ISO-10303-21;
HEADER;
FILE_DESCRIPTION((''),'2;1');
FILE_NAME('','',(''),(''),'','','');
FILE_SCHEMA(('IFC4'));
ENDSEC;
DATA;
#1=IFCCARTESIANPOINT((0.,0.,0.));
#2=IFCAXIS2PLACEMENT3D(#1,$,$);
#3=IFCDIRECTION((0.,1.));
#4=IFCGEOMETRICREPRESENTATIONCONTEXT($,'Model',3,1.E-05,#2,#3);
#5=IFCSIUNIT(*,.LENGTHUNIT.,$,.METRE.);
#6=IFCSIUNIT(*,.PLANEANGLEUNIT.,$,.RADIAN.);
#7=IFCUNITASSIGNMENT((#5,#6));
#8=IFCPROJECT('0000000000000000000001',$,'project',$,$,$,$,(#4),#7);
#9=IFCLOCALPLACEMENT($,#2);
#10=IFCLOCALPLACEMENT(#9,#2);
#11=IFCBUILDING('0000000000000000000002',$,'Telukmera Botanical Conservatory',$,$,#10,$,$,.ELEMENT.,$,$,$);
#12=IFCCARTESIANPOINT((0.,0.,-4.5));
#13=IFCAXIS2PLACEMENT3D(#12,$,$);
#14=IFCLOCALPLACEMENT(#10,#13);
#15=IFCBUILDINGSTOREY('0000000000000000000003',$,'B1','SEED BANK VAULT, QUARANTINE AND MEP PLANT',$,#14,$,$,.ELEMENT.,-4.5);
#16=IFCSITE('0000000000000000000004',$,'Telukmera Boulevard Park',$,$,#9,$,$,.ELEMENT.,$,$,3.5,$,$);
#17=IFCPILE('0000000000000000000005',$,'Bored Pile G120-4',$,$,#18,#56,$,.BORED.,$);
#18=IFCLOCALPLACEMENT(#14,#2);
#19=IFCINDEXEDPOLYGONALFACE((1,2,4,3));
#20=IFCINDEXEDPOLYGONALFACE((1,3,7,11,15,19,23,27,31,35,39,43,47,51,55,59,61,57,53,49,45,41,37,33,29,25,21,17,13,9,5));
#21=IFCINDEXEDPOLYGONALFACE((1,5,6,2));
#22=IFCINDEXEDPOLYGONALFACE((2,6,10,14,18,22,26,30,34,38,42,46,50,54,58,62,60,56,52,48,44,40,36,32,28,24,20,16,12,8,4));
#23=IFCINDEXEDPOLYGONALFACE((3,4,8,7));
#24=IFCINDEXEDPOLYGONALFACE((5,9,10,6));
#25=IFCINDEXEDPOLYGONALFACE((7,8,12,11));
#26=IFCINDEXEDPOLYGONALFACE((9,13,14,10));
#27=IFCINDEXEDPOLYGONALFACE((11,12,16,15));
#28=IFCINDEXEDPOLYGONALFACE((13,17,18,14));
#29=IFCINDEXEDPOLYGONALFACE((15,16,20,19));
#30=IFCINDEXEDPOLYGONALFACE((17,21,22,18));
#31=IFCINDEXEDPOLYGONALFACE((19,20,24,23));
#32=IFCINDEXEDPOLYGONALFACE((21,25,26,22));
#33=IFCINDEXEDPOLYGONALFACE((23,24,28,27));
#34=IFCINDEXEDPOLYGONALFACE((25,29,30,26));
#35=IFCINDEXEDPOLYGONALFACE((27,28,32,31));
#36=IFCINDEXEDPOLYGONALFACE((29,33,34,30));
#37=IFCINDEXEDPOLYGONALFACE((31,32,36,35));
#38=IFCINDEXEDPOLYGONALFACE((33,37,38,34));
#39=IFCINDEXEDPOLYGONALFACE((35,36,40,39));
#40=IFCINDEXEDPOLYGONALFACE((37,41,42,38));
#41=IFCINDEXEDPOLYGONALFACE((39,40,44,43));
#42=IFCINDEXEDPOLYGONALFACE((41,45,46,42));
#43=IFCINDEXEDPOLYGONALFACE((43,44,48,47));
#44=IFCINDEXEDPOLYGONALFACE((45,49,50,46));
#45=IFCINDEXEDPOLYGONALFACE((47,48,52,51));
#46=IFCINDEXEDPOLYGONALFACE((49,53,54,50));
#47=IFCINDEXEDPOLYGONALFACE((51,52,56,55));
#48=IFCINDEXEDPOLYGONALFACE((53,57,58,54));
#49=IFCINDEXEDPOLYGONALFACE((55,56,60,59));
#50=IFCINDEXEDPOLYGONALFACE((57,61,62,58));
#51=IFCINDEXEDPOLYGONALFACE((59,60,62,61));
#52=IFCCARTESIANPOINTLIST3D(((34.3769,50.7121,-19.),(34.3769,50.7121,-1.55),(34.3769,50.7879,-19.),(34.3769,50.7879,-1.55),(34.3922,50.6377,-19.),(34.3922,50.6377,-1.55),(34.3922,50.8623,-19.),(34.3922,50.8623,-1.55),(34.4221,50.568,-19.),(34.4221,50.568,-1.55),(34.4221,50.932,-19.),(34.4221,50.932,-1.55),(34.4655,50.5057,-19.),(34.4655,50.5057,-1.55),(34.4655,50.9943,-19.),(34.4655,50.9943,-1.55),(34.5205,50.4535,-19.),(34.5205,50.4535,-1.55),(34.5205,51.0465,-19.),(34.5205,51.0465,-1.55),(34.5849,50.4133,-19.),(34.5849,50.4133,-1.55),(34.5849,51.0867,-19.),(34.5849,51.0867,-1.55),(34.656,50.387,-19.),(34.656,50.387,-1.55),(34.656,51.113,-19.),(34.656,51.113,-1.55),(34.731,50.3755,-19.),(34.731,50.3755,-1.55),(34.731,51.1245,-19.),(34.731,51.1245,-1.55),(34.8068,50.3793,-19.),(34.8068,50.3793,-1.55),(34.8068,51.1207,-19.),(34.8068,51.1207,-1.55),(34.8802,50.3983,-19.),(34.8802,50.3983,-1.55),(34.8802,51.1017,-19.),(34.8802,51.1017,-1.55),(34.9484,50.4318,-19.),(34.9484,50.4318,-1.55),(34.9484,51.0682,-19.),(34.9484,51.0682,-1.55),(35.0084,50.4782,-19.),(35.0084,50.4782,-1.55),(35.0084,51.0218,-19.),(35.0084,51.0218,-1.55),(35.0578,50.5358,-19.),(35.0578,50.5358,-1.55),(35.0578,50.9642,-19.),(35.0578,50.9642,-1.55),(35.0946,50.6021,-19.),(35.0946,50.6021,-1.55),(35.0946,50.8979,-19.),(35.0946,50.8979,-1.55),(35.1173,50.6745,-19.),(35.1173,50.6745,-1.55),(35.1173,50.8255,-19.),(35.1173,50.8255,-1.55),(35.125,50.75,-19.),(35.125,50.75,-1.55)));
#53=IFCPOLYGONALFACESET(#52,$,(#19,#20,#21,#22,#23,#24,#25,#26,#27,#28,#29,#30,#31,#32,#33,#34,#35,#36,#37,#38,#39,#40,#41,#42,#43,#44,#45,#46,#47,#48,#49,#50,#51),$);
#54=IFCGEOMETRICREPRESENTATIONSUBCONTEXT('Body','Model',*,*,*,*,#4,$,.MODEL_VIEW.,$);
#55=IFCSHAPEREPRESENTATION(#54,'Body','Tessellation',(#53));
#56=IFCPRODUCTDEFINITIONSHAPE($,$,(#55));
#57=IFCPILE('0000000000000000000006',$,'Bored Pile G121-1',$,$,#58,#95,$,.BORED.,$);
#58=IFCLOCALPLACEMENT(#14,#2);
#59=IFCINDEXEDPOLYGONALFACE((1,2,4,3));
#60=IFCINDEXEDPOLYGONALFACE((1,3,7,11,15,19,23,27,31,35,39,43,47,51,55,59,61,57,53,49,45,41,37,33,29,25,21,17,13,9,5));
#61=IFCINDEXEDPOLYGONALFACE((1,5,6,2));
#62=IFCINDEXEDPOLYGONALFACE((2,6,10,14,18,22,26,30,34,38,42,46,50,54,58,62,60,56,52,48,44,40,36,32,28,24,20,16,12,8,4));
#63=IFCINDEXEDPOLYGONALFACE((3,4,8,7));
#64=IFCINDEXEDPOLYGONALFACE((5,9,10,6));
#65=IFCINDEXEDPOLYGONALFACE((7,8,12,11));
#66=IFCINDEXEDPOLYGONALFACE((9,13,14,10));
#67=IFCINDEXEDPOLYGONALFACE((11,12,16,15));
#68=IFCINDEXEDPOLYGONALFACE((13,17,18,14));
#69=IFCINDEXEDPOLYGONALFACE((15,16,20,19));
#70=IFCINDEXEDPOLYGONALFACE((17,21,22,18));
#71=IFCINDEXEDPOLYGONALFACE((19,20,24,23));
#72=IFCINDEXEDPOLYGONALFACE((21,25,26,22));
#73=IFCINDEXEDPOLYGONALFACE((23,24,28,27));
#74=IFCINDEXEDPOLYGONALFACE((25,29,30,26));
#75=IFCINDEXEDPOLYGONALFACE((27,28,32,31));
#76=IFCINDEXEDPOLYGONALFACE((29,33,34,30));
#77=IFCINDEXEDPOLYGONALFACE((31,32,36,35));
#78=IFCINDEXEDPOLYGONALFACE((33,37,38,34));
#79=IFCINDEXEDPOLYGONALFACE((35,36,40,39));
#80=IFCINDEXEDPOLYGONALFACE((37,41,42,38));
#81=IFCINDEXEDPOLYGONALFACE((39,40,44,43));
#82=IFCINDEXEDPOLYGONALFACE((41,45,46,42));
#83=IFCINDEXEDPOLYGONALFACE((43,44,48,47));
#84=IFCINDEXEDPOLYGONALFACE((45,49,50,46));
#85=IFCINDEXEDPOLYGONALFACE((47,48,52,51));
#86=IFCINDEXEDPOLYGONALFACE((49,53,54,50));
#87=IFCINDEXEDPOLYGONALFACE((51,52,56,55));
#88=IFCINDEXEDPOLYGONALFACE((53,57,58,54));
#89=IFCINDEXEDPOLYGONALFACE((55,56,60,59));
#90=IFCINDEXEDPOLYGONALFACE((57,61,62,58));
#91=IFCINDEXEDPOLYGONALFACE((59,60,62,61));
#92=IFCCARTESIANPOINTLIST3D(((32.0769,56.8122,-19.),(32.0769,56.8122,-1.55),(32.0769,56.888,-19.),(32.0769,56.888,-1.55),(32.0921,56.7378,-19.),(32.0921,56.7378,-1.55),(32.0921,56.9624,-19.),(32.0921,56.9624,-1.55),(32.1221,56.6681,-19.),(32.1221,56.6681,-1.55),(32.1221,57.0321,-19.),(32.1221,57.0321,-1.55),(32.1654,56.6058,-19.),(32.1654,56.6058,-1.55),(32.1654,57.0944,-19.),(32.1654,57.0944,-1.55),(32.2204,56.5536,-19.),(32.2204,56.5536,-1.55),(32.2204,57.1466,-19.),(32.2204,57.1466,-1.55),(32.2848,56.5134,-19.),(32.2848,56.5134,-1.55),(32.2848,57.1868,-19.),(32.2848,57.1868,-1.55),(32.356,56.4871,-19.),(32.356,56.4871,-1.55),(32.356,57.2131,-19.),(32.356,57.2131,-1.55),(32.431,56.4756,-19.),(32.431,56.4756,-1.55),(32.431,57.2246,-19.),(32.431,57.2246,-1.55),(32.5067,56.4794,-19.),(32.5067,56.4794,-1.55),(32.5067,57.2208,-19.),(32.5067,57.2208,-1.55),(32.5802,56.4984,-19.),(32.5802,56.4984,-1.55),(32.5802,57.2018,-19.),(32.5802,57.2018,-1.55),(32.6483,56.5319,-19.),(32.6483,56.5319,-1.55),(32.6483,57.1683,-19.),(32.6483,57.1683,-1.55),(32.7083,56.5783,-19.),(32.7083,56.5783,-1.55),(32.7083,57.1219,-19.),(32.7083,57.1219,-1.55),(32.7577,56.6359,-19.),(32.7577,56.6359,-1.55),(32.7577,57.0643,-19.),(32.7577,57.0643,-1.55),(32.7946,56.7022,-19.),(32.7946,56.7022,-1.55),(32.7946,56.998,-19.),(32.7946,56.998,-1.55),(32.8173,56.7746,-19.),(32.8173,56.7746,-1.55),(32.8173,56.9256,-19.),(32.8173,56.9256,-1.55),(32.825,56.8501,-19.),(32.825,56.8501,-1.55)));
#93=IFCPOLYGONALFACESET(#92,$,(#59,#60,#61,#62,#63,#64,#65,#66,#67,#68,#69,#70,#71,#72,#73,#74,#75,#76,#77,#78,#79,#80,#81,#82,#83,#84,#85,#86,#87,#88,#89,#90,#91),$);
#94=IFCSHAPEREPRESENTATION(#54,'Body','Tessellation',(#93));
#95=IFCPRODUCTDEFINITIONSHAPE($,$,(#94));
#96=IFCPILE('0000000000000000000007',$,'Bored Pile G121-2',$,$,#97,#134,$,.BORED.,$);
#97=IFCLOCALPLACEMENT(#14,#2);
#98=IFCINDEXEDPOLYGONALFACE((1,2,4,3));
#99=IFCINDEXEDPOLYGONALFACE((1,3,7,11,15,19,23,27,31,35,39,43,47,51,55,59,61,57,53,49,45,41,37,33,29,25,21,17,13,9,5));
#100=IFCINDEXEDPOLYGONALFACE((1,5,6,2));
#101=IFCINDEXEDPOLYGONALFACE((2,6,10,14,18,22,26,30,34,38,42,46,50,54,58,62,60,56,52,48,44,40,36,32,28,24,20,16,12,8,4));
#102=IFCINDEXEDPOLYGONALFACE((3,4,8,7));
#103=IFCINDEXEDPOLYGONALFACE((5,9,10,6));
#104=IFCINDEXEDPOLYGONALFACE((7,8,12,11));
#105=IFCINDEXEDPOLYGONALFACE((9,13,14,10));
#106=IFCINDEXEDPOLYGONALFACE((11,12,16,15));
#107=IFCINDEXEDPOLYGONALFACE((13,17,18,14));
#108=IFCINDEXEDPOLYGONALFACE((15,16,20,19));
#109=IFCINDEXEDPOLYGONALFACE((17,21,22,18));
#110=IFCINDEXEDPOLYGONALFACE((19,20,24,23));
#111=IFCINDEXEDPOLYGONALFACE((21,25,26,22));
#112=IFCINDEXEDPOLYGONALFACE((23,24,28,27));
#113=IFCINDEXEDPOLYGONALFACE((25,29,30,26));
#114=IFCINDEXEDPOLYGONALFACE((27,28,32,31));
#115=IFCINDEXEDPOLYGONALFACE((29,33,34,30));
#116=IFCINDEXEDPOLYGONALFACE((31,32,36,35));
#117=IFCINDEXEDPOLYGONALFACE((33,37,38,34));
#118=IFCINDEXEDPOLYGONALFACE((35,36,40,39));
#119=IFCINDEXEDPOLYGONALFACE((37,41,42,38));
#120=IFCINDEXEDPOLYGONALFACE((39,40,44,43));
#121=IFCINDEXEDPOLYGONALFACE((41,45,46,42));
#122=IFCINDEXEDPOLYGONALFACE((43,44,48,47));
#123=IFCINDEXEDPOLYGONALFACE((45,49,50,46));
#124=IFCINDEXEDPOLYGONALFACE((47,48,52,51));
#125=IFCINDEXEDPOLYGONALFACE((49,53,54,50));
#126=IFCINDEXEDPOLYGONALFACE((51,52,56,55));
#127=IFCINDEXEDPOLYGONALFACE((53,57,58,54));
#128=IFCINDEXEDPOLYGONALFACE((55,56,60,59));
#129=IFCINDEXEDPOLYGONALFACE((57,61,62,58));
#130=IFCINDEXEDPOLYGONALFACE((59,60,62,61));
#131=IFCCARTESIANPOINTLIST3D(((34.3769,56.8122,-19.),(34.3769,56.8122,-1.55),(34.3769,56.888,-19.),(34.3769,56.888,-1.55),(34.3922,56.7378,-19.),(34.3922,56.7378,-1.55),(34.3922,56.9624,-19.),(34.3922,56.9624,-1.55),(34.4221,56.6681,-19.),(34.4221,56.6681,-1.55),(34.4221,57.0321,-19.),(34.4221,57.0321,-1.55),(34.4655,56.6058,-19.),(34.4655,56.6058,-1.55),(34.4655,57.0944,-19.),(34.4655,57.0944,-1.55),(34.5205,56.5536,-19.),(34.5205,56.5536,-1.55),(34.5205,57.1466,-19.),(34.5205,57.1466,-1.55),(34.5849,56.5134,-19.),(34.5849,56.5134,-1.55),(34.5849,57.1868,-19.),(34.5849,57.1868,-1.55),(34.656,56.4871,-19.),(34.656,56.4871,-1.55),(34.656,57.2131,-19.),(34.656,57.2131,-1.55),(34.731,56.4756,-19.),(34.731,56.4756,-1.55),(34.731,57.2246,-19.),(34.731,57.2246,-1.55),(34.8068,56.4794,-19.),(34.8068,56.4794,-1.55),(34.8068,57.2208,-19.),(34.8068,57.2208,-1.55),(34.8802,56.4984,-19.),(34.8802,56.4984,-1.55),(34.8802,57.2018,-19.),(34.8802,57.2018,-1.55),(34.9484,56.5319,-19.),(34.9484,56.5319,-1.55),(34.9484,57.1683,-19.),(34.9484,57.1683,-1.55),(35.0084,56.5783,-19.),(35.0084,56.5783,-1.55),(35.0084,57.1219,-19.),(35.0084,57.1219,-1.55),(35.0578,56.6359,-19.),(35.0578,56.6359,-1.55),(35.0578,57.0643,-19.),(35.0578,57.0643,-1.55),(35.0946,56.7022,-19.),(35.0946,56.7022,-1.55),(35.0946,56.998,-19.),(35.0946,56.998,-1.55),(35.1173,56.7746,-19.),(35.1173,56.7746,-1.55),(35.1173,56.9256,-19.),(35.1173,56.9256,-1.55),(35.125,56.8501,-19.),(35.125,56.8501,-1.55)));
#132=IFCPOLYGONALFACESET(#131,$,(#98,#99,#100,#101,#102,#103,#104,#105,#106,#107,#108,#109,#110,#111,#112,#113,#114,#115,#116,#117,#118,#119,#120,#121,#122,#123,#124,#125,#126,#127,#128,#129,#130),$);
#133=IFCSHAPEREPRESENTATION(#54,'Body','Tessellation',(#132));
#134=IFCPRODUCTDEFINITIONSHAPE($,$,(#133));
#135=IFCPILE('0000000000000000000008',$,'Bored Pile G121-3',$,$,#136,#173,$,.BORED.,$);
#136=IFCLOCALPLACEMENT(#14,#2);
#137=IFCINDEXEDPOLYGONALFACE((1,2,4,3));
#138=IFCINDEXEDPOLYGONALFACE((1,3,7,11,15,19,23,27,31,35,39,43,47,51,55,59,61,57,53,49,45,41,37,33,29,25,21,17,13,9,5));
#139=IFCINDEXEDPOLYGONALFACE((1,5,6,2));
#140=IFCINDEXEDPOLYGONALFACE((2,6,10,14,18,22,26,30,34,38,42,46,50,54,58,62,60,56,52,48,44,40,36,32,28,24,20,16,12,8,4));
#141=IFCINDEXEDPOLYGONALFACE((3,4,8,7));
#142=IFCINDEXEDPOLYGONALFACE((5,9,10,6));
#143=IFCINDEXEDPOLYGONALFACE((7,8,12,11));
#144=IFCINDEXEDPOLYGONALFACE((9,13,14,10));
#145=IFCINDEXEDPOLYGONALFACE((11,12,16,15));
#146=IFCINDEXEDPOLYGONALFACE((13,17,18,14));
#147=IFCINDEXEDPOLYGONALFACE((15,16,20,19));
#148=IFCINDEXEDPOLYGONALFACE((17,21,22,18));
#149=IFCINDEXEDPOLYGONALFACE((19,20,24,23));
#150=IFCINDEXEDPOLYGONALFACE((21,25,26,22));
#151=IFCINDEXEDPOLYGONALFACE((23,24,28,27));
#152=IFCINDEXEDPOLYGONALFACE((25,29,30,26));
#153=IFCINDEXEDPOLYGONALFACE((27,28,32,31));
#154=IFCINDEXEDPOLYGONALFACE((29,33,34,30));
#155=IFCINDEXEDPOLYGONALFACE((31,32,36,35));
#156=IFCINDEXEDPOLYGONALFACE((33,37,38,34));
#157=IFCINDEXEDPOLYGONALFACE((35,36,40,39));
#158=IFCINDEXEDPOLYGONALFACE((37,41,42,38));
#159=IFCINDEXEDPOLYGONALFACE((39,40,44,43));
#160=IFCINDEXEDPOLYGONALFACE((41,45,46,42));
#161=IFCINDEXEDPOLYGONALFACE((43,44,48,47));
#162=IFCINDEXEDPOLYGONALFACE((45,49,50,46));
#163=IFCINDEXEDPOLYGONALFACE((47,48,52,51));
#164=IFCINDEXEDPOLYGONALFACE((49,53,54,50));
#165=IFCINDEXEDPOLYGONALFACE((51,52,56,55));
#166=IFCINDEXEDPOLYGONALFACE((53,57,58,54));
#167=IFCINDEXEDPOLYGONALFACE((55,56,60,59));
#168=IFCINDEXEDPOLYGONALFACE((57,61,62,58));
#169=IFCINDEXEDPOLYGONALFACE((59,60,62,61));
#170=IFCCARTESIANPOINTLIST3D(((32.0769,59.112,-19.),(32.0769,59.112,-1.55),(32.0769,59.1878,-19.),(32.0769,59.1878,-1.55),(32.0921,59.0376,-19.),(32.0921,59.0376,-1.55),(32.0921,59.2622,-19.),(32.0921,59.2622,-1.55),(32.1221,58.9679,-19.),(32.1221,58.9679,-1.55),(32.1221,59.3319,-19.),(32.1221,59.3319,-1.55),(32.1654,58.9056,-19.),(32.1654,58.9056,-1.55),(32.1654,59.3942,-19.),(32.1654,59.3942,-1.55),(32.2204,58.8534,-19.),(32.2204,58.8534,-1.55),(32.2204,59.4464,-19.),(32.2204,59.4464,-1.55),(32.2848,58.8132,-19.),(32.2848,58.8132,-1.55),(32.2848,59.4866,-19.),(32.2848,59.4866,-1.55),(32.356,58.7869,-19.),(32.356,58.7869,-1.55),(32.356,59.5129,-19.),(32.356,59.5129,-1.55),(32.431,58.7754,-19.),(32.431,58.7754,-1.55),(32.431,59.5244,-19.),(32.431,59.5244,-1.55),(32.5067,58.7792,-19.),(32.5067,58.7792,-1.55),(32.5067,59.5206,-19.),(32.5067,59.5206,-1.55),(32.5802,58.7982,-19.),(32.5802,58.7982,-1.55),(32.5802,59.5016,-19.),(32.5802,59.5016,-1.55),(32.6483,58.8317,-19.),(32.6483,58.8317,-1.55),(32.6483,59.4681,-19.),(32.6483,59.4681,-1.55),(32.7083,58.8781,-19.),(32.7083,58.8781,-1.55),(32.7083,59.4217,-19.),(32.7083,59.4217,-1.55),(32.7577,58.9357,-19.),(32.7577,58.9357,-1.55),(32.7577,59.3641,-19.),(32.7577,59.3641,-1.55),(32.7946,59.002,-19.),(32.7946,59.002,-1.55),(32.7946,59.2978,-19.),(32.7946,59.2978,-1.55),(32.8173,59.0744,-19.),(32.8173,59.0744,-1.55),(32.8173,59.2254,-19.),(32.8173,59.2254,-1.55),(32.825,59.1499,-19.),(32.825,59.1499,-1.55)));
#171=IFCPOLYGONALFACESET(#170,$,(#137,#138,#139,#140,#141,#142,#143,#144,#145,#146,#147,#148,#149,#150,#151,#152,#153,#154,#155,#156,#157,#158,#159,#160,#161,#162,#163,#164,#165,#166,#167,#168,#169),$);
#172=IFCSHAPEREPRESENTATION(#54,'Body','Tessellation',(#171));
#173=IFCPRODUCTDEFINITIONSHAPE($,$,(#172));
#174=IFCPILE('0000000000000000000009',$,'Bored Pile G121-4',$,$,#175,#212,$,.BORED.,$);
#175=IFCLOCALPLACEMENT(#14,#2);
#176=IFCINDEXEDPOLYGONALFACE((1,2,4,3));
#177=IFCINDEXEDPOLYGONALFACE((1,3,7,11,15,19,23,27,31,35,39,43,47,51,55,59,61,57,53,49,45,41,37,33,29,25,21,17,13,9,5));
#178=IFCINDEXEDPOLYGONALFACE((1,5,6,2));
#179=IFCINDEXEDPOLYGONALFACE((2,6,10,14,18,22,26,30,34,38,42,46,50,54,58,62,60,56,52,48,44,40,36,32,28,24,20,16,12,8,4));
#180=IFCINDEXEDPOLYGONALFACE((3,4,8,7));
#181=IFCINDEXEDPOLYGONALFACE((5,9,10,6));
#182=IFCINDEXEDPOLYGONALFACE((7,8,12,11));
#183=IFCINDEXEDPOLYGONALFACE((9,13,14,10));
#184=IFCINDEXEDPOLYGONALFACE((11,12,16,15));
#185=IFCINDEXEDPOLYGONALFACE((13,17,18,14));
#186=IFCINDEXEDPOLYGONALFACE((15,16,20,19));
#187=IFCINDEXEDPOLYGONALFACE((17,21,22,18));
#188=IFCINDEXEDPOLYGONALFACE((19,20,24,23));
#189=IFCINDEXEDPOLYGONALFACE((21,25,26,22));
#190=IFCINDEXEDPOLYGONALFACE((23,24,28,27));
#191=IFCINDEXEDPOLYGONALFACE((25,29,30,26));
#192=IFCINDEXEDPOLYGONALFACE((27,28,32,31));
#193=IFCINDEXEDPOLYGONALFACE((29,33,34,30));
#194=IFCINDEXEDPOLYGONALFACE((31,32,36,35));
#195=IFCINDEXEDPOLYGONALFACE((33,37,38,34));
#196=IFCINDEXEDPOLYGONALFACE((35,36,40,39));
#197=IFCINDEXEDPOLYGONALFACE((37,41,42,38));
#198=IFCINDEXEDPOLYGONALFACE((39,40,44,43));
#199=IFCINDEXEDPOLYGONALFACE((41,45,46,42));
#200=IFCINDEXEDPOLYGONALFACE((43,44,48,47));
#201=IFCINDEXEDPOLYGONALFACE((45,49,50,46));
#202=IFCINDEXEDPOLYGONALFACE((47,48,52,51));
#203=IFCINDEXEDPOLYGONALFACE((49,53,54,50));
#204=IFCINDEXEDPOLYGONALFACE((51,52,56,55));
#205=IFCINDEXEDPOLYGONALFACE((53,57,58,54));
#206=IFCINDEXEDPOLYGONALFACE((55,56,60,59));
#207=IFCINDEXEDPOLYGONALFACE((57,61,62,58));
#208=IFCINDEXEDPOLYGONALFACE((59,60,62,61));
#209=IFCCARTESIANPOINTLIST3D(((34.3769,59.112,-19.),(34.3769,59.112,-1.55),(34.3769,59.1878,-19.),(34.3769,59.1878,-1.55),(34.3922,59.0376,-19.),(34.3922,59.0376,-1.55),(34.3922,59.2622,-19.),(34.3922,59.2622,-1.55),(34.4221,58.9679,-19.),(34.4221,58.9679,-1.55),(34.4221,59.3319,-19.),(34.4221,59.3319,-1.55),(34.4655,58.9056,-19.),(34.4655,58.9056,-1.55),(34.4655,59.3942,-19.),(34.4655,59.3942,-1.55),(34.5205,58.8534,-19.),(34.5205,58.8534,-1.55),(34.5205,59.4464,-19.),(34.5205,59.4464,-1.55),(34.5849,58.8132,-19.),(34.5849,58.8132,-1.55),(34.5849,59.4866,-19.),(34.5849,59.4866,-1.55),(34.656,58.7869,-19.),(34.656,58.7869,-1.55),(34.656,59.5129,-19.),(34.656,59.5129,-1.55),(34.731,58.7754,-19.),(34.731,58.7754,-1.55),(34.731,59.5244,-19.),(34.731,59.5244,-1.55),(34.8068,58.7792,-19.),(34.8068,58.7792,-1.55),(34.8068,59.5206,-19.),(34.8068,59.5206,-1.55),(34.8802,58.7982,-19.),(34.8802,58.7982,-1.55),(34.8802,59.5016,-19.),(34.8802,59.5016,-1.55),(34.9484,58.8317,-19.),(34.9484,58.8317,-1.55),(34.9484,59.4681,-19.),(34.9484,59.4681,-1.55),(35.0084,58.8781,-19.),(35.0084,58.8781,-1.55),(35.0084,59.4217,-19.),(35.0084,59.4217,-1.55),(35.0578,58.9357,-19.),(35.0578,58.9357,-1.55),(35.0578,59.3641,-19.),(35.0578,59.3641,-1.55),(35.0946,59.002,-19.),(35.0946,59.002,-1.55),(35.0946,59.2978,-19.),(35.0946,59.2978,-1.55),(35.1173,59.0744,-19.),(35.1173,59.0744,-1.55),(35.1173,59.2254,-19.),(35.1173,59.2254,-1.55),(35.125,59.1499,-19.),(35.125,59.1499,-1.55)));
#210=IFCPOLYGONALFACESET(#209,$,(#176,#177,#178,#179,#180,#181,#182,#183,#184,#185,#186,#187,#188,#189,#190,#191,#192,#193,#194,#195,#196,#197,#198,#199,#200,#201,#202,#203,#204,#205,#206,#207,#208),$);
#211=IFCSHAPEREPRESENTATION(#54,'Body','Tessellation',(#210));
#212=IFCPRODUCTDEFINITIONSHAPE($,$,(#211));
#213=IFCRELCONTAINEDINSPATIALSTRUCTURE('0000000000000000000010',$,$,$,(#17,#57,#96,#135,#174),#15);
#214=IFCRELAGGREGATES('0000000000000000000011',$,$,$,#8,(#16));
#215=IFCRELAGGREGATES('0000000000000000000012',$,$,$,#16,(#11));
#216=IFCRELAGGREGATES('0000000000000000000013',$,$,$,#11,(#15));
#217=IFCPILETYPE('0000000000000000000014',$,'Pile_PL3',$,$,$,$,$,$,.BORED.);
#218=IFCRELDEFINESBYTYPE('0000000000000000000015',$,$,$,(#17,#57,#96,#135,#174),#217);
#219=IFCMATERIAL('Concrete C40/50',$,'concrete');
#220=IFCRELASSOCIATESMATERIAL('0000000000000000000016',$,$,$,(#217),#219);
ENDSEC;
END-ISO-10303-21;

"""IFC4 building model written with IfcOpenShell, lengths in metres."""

from ifc_helpers import new_model, si_unit, direction, frame, origin, origin_2d, place, context, subcontext, project, spatial, circle, extrude, material, material_profile, profile_set, type_object, element, save


model = new_model("IFC4")

# Units and contexts
model_context = context("Model", 3, precision=1e-05, world=origin(), true_north=direction((0.0, 1.0)))
body_context = subcontext(model_context, "Body", "Model", "MODEL_VIEW")
ifc_project = project(units=[si_unit("LENGTHUNIT", "METRE"), si_unit("PLANEANGLEUNIT", "RADIAN")], contexts=[model_context])

# Site, building, storey
site_placement = place(None, origin())
site = spatial("IfcSite", under=ifc_project, at=site_placement, Name="Telukmera Boulevard Park", CompositionType="ELEMENT", RefElevation=3.5)
building_placement = place(site_placement, origin())
building = spatial("IfcBuilding", under=site, at=building_placement, Name="Telukmera Botanical Conservatory", CompositionType="ELEMENT")
storey_placement = place(building_placement, frame((0.0, 0.0, -4.5)))
storey = spatial("IfcBuildingStorey", under=building, at=storey_placement, Name="B1", Description="SEED BANK VAULT, QUARANTINE AND MEP PLANT", CompositionType="ELEMENT", Elevation=-4.5)

# Shared definitions
ifc_material_1 = material(Name="Concrete C40/50", Category="concrete")

# Piles
ifc_material_profile_1 = material_profile(ifc_material_1, circle(Radius=0.375, at=origin_2d()), Name="PILE D750")
ifc_profile_set_1 = profile_set([ifc_material_profile_1], Name="Concrete C40/50")
pile_type = type_object("IfcPileType", Name="Pile_PL3", PredefinedType="BORED", material=ifc_profile_set_1)
for number, where, z_axis, x_axis, name in (
    (1, (34.75, 50.75, -1.55), (0.0, 0.0, -1.0), (1.0, 0.0, 0.0), "Bored Pile G120-4"),
    (2, (32.45, 56.8501, -1.55), (0.0, 0.0, -1.0), (1.0, 0.0, 0.0), "Bored Pile G121-1"),
    (3, (34.75, 56.8501, -1.55), (0.0, 0.0, -1.0), (1.0, 0.0, 0.0), "Bored Pile G121-2"),
    (4, (32.45, 59.1499, -1.55), (0.0, 0.0, -1.0), (1.0, 0.0, 0.0), "Bored Pile G121-3"),
    (5, (34.75, 59.1499, -1.55), (0.0, 0.0, -1.0), (1.0, 0.0, 0.0), "Bored Pile G121-4"),
):
    element("IfcPile", number, at=place(storey_placement, frame(where, z_axis=z_axis, x_axis=x_axis)), inside=storey, type_object=pile_type, Name=name, PredefinedType="BORED", context=body_context, shape_type="SweptSolid", body=[
        extrude(circle(Radius=0.375, at=origin_2d()), origin(), (0.0, 0.0, 1.0), 17.45),
    ])

save(model, "model.ifc")
